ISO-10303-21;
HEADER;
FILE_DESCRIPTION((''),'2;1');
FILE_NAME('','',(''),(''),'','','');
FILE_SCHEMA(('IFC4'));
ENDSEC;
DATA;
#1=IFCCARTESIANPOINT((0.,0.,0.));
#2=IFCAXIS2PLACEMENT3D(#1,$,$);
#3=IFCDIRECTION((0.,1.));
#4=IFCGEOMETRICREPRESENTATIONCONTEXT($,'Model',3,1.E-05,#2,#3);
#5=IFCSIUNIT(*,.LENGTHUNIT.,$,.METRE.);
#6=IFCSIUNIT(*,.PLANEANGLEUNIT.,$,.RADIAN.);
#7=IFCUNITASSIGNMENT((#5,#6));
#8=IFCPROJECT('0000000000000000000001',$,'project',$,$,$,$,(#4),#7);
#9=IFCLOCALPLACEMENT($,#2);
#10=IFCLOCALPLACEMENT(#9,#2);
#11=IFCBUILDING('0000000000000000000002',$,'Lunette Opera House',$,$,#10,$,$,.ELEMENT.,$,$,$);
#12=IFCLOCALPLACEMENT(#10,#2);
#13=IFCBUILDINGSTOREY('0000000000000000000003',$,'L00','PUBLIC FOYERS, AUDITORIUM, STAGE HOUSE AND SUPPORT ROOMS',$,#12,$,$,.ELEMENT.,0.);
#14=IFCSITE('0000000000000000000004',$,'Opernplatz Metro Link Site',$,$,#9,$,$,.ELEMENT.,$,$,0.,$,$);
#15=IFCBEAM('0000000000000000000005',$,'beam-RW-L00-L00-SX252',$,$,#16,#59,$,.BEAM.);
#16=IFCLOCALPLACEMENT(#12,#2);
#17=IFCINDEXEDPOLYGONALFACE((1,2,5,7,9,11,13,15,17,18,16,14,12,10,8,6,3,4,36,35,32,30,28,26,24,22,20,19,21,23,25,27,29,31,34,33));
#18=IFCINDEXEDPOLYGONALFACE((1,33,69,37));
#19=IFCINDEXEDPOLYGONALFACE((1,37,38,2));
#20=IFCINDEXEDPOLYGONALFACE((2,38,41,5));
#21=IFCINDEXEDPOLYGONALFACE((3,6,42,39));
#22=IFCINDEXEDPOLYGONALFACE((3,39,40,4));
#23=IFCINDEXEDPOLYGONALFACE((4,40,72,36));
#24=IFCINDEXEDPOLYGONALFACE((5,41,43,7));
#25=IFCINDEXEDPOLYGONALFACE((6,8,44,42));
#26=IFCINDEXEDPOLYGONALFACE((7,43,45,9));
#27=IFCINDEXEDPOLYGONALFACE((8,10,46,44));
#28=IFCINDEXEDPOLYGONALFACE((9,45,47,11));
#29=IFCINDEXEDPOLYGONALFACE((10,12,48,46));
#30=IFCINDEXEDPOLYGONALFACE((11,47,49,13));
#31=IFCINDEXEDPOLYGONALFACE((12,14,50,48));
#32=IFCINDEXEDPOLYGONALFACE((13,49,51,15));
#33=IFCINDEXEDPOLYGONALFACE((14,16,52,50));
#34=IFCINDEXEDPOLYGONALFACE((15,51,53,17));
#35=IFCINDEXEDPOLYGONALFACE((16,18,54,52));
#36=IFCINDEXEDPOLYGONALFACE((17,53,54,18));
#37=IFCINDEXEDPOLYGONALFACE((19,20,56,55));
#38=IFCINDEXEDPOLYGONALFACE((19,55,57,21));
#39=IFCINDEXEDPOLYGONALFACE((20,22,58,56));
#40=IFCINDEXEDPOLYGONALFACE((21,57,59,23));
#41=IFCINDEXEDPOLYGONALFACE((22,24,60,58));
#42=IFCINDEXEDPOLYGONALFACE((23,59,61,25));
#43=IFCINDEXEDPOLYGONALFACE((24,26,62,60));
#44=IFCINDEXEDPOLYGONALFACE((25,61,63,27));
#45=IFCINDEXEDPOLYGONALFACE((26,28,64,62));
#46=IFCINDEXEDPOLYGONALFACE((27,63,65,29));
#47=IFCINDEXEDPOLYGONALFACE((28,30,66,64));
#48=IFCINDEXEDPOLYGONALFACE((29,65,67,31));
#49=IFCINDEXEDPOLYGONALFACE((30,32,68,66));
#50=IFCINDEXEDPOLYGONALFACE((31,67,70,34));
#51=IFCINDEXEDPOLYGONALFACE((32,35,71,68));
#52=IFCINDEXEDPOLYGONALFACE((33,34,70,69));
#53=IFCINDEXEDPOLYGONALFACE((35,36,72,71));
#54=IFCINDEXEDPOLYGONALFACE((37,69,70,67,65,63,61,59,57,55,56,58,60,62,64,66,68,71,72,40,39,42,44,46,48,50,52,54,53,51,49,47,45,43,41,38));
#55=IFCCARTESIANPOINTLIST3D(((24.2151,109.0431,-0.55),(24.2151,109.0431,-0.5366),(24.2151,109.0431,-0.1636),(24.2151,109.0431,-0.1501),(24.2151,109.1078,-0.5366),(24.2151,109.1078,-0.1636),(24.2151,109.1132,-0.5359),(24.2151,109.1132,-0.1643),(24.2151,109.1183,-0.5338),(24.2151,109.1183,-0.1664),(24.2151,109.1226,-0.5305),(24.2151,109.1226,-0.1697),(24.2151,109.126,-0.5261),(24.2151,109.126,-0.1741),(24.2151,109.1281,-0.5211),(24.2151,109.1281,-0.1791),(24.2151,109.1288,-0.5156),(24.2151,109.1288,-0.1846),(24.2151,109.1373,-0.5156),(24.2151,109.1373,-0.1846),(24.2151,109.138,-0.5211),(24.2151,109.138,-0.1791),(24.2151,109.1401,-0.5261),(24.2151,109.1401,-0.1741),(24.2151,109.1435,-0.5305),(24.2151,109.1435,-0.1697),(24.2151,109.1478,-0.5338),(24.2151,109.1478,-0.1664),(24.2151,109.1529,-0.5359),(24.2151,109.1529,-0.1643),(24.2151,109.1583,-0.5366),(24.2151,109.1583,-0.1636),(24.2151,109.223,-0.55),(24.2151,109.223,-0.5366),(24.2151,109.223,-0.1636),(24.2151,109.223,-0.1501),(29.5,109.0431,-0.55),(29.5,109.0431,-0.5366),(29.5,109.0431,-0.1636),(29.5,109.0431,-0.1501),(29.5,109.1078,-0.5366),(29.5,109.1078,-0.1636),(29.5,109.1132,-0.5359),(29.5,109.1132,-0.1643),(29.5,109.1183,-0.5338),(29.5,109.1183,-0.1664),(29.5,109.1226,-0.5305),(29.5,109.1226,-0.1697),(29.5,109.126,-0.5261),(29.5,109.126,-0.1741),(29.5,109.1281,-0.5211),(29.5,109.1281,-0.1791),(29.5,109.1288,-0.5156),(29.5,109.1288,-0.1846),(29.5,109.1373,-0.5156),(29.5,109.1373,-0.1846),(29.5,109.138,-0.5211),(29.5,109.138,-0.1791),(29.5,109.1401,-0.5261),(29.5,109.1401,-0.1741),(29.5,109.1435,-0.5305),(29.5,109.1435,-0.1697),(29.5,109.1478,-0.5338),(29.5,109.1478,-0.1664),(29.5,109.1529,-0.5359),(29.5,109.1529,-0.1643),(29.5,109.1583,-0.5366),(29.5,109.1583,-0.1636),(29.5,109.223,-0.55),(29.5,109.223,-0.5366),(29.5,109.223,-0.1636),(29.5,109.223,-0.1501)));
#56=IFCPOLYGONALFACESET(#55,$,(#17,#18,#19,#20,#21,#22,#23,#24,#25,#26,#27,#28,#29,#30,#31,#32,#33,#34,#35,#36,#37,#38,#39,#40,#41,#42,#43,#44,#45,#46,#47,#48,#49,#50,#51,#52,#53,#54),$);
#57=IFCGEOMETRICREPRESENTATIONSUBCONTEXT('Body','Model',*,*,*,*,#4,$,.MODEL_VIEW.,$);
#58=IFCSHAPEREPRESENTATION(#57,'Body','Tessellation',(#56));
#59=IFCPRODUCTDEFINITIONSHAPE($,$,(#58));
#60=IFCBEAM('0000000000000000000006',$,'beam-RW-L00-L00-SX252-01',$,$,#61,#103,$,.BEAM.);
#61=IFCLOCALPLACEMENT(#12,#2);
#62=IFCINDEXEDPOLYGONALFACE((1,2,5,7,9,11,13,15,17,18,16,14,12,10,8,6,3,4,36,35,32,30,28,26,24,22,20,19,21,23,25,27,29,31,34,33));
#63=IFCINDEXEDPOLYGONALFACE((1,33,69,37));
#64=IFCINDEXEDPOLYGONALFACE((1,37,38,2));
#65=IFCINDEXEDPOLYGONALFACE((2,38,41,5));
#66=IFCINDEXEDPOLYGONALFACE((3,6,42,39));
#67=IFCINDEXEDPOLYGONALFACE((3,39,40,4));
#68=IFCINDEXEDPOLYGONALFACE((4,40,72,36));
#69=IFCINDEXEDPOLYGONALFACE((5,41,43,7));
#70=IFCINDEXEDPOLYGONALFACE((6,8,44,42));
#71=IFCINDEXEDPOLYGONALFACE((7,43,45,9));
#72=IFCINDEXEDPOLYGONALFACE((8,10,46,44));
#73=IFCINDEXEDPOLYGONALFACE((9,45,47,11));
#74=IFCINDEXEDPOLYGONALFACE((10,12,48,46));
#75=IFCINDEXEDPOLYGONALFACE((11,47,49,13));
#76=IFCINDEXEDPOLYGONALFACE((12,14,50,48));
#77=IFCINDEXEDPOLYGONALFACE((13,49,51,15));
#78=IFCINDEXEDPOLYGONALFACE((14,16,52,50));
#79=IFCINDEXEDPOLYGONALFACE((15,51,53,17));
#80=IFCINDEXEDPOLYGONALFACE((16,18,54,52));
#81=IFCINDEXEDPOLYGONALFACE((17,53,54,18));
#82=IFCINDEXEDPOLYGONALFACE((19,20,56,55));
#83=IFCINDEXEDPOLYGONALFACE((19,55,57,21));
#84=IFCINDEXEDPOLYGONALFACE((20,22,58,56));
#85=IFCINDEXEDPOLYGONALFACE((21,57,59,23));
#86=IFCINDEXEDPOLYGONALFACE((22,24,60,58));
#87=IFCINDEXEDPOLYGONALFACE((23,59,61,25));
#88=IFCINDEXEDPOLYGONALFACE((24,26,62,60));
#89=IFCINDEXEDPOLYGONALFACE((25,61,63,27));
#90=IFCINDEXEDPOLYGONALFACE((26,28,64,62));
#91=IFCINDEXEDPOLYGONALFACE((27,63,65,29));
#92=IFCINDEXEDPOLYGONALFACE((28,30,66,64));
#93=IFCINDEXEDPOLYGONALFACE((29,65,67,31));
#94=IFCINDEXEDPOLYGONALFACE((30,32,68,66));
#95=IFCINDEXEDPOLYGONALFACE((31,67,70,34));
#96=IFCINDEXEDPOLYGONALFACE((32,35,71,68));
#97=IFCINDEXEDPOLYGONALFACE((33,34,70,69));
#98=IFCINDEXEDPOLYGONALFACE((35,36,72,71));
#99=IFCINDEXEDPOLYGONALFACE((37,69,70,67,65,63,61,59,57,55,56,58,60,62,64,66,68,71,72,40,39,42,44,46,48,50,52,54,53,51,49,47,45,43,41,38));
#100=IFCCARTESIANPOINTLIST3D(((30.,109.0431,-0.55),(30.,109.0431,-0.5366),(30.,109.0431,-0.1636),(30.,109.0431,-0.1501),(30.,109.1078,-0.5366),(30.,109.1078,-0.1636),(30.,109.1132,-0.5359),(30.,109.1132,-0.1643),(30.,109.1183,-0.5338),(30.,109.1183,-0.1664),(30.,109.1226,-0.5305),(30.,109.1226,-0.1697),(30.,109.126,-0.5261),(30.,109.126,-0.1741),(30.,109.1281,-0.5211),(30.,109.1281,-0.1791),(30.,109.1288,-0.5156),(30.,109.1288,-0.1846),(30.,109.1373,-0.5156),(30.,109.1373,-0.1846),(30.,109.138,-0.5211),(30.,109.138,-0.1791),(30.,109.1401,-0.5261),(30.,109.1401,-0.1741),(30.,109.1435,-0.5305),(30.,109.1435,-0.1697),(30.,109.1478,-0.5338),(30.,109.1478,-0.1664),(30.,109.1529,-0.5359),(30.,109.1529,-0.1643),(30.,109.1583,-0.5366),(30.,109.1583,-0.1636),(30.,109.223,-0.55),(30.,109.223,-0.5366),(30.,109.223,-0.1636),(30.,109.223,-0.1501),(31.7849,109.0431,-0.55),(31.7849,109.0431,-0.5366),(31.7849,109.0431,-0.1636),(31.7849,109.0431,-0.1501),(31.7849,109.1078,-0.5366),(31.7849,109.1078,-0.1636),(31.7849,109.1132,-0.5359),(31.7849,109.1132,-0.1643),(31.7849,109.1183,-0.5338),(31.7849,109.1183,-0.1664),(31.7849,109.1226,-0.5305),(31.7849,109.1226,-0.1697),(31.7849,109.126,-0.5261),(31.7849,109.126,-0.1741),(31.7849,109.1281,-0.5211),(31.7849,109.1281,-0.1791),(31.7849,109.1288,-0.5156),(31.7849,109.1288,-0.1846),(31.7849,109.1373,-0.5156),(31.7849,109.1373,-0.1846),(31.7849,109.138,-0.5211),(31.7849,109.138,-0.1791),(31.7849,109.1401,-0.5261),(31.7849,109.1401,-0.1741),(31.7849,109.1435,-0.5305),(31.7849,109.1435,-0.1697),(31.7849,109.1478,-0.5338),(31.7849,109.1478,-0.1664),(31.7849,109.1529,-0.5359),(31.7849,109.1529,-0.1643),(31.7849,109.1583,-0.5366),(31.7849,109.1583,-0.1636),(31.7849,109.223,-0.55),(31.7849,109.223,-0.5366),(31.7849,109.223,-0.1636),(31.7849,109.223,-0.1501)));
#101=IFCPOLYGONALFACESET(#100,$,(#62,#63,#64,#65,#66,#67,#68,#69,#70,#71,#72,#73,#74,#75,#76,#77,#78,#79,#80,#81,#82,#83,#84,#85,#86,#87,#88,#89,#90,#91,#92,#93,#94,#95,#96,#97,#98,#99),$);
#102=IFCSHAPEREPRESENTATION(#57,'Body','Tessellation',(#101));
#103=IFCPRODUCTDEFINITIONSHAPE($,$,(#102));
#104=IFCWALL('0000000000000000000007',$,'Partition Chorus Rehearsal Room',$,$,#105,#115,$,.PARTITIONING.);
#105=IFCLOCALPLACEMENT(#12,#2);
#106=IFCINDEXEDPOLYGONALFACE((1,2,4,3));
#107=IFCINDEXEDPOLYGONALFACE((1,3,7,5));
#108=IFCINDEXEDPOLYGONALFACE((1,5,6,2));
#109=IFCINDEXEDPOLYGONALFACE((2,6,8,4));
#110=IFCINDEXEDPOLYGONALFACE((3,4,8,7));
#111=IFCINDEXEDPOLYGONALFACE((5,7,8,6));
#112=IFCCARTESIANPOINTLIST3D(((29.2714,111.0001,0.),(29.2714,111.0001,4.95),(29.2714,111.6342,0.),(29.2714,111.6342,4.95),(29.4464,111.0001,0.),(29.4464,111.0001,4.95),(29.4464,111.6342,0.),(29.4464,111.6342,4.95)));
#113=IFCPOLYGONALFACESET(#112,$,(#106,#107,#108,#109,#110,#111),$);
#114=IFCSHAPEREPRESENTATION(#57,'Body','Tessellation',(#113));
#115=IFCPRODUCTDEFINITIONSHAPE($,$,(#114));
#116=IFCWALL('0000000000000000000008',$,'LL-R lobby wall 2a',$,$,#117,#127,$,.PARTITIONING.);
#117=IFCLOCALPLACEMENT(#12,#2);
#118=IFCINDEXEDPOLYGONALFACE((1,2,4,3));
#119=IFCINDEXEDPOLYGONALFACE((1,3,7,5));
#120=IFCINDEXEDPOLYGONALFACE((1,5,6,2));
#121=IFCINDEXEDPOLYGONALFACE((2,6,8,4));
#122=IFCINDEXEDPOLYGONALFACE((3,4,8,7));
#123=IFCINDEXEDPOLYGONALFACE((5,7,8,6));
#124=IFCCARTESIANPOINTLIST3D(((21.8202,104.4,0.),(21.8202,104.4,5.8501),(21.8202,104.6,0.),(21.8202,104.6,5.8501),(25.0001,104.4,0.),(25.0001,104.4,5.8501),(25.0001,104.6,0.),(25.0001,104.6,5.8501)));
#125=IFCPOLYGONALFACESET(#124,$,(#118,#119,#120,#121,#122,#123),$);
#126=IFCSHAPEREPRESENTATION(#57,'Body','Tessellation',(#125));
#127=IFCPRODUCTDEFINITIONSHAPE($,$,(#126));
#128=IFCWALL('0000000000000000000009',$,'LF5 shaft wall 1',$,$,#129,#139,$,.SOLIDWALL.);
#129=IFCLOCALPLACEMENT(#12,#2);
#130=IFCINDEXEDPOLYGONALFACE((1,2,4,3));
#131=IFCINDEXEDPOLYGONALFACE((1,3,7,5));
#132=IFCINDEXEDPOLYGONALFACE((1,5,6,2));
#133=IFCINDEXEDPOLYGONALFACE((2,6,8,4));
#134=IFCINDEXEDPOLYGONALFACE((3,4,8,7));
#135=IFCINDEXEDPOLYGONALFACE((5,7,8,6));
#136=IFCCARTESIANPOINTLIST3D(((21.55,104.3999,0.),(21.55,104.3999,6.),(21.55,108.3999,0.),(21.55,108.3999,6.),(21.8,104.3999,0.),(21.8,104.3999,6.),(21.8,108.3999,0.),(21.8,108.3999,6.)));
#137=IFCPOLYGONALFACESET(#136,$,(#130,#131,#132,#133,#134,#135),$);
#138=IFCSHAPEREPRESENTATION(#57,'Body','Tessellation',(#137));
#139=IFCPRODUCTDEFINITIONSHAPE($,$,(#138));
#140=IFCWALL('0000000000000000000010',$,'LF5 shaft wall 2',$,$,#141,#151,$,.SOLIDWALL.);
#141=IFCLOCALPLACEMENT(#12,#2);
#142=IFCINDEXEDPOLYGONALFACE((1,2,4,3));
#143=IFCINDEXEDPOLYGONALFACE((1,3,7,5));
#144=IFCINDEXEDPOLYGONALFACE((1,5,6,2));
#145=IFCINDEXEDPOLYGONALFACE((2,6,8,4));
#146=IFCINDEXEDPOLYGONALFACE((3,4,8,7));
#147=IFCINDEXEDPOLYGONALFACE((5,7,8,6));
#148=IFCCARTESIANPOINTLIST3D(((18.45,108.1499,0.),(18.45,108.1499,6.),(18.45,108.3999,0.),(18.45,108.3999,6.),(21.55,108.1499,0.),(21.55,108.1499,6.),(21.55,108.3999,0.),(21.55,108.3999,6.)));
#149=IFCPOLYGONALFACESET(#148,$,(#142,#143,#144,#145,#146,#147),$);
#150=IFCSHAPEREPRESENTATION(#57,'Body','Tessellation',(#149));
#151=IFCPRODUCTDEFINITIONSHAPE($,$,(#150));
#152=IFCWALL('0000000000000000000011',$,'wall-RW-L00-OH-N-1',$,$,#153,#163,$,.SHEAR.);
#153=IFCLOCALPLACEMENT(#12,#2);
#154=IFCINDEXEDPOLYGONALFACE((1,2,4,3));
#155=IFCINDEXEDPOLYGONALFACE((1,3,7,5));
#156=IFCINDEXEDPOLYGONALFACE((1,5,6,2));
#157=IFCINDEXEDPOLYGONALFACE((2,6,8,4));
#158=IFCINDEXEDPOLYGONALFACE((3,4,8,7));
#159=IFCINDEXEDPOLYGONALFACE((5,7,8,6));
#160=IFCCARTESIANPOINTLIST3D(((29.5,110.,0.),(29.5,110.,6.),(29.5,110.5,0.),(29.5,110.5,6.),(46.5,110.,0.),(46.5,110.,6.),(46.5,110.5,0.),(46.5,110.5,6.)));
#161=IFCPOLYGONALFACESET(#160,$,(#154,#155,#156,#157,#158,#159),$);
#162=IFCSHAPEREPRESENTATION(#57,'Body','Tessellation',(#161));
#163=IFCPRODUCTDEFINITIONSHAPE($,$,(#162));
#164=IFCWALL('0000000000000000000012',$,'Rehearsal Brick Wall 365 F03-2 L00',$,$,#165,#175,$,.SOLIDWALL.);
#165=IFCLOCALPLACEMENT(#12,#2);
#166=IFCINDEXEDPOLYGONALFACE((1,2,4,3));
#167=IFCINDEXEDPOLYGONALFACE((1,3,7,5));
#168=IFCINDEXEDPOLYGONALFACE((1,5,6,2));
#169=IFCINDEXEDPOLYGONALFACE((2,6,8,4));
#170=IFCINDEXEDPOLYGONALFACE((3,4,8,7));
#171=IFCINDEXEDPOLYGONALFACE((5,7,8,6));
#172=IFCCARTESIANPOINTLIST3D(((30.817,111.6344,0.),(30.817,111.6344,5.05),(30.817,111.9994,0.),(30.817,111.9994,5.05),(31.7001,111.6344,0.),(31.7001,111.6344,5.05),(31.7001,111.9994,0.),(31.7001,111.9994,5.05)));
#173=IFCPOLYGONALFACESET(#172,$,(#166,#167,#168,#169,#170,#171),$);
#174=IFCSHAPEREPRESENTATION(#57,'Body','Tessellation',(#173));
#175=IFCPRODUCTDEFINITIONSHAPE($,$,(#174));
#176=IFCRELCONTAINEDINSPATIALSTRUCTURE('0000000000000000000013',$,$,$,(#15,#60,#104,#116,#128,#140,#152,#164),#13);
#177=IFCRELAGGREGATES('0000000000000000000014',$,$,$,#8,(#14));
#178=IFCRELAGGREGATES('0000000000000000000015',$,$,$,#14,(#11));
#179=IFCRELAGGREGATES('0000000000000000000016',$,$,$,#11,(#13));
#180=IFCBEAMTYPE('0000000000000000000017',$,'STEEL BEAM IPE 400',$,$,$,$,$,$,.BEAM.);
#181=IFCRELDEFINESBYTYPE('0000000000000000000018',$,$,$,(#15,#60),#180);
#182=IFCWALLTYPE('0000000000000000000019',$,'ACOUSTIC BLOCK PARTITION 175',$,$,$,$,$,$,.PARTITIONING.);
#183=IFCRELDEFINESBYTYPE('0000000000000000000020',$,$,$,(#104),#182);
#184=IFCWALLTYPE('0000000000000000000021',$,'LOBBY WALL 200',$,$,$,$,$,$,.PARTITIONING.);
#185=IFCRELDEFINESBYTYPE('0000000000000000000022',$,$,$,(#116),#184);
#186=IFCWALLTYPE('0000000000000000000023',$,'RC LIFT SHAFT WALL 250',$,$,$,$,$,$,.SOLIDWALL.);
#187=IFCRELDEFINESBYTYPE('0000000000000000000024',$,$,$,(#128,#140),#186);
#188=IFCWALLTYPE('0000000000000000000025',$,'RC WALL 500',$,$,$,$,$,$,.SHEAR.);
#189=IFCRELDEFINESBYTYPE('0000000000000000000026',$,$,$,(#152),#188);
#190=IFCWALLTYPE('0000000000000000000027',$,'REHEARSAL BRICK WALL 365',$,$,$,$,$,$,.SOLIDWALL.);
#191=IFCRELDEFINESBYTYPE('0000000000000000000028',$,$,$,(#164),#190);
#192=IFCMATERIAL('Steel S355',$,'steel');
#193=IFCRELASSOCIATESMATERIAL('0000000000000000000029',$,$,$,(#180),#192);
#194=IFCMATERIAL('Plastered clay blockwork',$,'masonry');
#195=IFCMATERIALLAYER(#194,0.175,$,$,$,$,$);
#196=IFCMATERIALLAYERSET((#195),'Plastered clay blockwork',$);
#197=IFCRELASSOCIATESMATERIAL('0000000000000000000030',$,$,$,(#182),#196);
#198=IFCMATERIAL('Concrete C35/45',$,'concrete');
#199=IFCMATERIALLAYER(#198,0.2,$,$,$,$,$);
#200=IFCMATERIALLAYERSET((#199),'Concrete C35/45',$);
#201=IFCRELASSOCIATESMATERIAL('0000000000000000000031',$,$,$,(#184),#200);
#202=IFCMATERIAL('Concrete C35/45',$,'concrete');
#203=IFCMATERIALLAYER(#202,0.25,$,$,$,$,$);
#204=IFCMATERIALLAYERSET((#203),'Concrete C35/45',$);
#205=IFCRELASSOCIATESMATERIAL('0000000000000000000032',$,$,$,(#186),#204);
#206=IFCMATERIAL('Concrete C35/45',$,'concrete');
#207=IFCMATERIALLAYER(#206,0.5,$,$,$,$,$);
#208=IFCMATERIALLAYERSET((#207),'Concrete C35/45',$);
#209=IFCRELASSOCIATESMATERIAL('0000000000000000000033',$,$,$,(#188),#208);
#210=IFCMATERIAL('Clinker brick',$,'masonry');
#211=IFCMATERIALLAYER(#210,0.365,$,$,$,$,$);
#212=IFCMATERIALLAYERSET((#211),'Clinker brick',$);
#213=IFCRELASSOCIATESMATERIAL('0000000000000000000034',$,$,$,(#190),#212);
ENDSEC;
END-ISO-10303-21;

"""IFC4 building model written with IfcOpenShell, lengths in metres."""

from ifc_helpers import new_model, si_unit, direction, frame, frame_2d, origin, origin_2d, place, context, subcontext, project, spatial, rectangle, i_section, extrude, material, layer, layer_set, material_profile, profile_set, type_object, element, save


model = new_model("IFC4")

# Units and contexts
model_context = context("Model", 3, precision=1e-05, world=origin(), true_north=direction((0.0, 1.0)))
body_context = subcontext(model_context, "Body", "Model", "MODEL_VIEW")
ifc_project = project(units=[si_unit("LENGTHUNIT", "METRE"), si_unit("PLANEANGLEUNIT", "RADIAN")], contexts=[model_context])

# Site, building, storey
site_placement = place(None, origin())
site = spatial("IfcSite", under=ifc_project, at=site_placement, Name="Opernplatz Metro Link Site", CompositionType="ELEMENT", RefElevation=0.0)
building_placement = place(site_placement, origin())
building = spatial("IfcBuilding", under=site, at=building_placement, Name="Lunette Opera House", CompositionType="ELEMENT")
storey_placement = place(building_placement, origin())
storey = spatial("IfcBuildingStorey", under=building, at=storey_placement, Name="L00", Description="PUBLIC FOYERS, AUDITORIUM, STAGE HOUSE AND SUPPORT ROOMS", CompositionType="ELEMENT", Elevation=0.0)

# Beams
ifc_material_1 = material(Name="Steel S355", Category="steel")
ifc_material_profile_1 = material_profile(ifc_material_1, i_section(OverallWidth=0.1799, OverallDepth=0.3999, WebThickness=0.0085, FlangeThickness=0.0134, FilletRadius=0.021, at=origin_2d()), Name="IPE 400")
ifc_profile_set_1 = profile_set([ifc_material_profile_1], Name="Steel S355")
beam_type_1 = type_object("IfcBeamType", Name="STEEL BEAM IPE 400", PredefinedType="BEAM", material=ifc_profile_set_1)
beam_1_placement = place(storey_placement, frame((24.2151, 109.1331, -0.3501), z_axis=(1.0, 0.0, 0.0), x_axis=(0.0, 1.0, 0.0)))
element("IfcBeam", 1, at=beam_1_placement, inside=storey, type_object=beam_type_1, Name="beam-RW-L00-L00-SX252", PredefinedType="BEAM", context=body_context, shape_type="SweptSolid", body=[
    extrude(i_section(OverallWidth=0.1799, OverallDepth=0.3999, WebThickness=0.0085, FlangeThickness=0.0134, FilletRadius=0.021, at=origin_2d()), origin(), (0.0, 0.0, 1.0), 5.2849),
])
beam_2_placement = place(storey_placement, frame((30.0, 109.1331, -0.3501), z_axis=(1.0, 0.0, 0.0), x_axis=(0.0, 1.0, 0.0)))
element("IfcBeam", 2, at=beam_2_placement, inside=storey, type_object=beam_type_1, Name="beam-RW-L00-L00-SX252-01", PredefinedType="BEAM", context=body_context, shape_type="SweptSolid", body=[
    extrude(i_section(OverallWidth=0.1799, OverallDepth=0.3999, WebThickness=0.0085, FlangeThickness=0.0134, FilletRadius=0.021, at=origin_2d()), origin(), (0.0, 0.0, 1.0), 1.7849),
])

# Walls
ifc_material_2 = material(Name="Plastered clay blockwork", Category="masonry")
ifc_layer_1 = layer(ifc_material_2, 0.175)
ifc_layer_set_1 = layer_set([ifc_layer_1], Name="Plastered clay blockwork")
wall_type_1 = type_object("IfcWallType", Name="ACOUSTIC BLOCK PARTITION 175", PredefinedType="PARTITIONING", material=ifc_layer_set_1)
wall_1_placement = place(storey_placement, frame((29.3589, 111.634, 0.0), z_axis=(0.0, 0.0, 1.0), x_axis=(0.0, -1.0, 0.0)))
element("IfcWall", 3, at=wall_1_placement, inside=storey, type_object=wall_type_1, Name="Partition Chorus Rehearsal Room", PredefinedType="PARTITIONING", context=body_context, shape_type="SweptSolid", body=[
    extrude(rectangle(XDim=0.634, YDim=0.175, at=frame_2d((0.3169, 0.0))), origin(), (0.0, 0.0, 1.0), 4.95),
])
ifc_material_3 = material(Name="Concrete C35/45", Category="concrete")
ifc_layer_2 = layer(ifc_material_3, 0.2)
ifc_layer_set_2 = layer_set([ifc_layer_2], Name="Concrete C35/45")
wall_type_2 = type_object("IfcWallType", Name="LOBBY WALL 200", PredefinedType="PARTITIONING", material=ifc_layer_set_2)
wall_2_placement = place(storey_placement, frame((25.0, 104.5, 0.0), z_axis=(0.0, 0.0, 1.0), x_axis=(-1.0, 0.0, 0.0)))
element("IfcWall", 4, at=wall_2_placement, inside=storey, type_object=wall_type_2, Name="LL-R lobby wall 2a", PredefinedType="PARTITIONING", context=body_context, shape_type="SweptSolid", body=[
    extrude(rectangle(XDim=3.1799, YDim=0.2, at=frame_2d((1.5898, 0.0))), origin(), (0.0, 0.0, 1.0), 5.8501),
])
ifc_material_4 = material(Name="Concrete C35/45", Category="concrete")
ifc_layer_3 = layer(ifc_material_4, 0.25)
ifc_layer_set_3 = layer_set([ifc_layer_3], Name="Concrete C35/45")
wall_type_3 = type_object("IfcWallType", Name="RC LIFT SHAFT WALL 250", PredefinedType="SOLIDWALL", material=ifc_layer_set_3)
wall_3_placement = place(storey_placement, frame((21.675, 104.3999, 0.0), z_axis=(0.0, 0.0, 1.0), x_axis=(0.0, 1.0, 0.0)))
element("IfcWall", 5, at=wall_3_placement, inside=storey, type_object=wall_type_3, Name="LF5 shaft wall 1", PredefinedType="SOLIDWALL", context=body_context, shape_type="SweptSolid", body=[
    extrude(rectangle(XDim=4.0, YDim=0.25, at=frame_2d((2.0, 0.0))), origin(), (0.0, 0.0, 1.0), 6.0),
])
wall_4_placement = place(storey_placement, frame((21.55, 108.2749, 0.0), z_axis=(0.0, 0.0, 1.0), x_axis=(-1.0, 0.0, 0.0)))
element("IfcWall", 6, at=wall_4_placement, inside=storey, type_object=wall_type_3, Name="LF5 shaft wall 2", PredefinedType="SOLIDWALL", context=body_context, shape_type="SweptSolid", body=[
    extrude(rectangle(XDim=3.1001, YDim=0.25, at=frame_2d((1.55, 0.0))), origin(), (0.0, 0.0, 1.0), 6.0),
])
ifc_material_5 = material(Name="Concrete C35/45", Category="concrete")
ifc_layer_4 = layer(ifc_material_5, 0.5)
ifc_layer_set_4 = layer_set([ifc_layer_4], Name="Concrete C35/45")
wall_type_4 = type_object("IfcWallType", Name="RC WALL 500", PredefinedType="SHEAR", material=ifc_layer_set_4)
wall_5_placement = place(storey_placement, frame((29.5, 110.25, 0.0), z_axis=(0.0, 0.0, 1.0), x_axis=(1.0, 0.0, 0.0)))
element("IfcWall", 7, at=wall_5_placement, inside=storey, type_object=wall_type_4, Name="wall-RW-L00-OH-N-1", PredefinedType="SHEAR", context=body_context, shape_type="SweptSolid", body=[
    extrude(rectangle(XDim=17.0, YDim=0.5, at=frame_2d((8.5, 0.0))), origin(), (0.0, 0.0, 1.0), 6.0),
])
ifc_material_6 = material(Name="Clinker brick", Category="masonry")
ifc_layer_5 = layer(ifc_material_6, 0.365)
ifc_layer_set_5 = layer_set([ifc_layer_5], Name="Clinker brick")
wall_type_5 = type_object("IfcWallType", Name="REHEARSAL BRICK WALL 365", PredefinedType="SOLIDWALL", material=ifc_layer_set_5)
wall_6_placement = place(storey_placement, frame((31.7, 111.8169, 0.0), z_axis=(0.0, 0.0, 1.0), x_axis=(-1.0, 0.0, 0.0)))
element("IfcWall", 8, at=wall_6_placement, inside=storey, type_object=wall_type_5, Name="Rehearsal Brick Wall 365 F03-2 L00", PredefinedType="SOLIDWALL", context=body_context, shape_type="SweptSolid", body=[
    extrude(rectangle(XDim=0.8831, YDim=0.365, at=frame_2d((0.4414, 0.0))), origin(), (0.0, 0.0, 1.0), 5.05),
])

save(model, "model.ifc")
